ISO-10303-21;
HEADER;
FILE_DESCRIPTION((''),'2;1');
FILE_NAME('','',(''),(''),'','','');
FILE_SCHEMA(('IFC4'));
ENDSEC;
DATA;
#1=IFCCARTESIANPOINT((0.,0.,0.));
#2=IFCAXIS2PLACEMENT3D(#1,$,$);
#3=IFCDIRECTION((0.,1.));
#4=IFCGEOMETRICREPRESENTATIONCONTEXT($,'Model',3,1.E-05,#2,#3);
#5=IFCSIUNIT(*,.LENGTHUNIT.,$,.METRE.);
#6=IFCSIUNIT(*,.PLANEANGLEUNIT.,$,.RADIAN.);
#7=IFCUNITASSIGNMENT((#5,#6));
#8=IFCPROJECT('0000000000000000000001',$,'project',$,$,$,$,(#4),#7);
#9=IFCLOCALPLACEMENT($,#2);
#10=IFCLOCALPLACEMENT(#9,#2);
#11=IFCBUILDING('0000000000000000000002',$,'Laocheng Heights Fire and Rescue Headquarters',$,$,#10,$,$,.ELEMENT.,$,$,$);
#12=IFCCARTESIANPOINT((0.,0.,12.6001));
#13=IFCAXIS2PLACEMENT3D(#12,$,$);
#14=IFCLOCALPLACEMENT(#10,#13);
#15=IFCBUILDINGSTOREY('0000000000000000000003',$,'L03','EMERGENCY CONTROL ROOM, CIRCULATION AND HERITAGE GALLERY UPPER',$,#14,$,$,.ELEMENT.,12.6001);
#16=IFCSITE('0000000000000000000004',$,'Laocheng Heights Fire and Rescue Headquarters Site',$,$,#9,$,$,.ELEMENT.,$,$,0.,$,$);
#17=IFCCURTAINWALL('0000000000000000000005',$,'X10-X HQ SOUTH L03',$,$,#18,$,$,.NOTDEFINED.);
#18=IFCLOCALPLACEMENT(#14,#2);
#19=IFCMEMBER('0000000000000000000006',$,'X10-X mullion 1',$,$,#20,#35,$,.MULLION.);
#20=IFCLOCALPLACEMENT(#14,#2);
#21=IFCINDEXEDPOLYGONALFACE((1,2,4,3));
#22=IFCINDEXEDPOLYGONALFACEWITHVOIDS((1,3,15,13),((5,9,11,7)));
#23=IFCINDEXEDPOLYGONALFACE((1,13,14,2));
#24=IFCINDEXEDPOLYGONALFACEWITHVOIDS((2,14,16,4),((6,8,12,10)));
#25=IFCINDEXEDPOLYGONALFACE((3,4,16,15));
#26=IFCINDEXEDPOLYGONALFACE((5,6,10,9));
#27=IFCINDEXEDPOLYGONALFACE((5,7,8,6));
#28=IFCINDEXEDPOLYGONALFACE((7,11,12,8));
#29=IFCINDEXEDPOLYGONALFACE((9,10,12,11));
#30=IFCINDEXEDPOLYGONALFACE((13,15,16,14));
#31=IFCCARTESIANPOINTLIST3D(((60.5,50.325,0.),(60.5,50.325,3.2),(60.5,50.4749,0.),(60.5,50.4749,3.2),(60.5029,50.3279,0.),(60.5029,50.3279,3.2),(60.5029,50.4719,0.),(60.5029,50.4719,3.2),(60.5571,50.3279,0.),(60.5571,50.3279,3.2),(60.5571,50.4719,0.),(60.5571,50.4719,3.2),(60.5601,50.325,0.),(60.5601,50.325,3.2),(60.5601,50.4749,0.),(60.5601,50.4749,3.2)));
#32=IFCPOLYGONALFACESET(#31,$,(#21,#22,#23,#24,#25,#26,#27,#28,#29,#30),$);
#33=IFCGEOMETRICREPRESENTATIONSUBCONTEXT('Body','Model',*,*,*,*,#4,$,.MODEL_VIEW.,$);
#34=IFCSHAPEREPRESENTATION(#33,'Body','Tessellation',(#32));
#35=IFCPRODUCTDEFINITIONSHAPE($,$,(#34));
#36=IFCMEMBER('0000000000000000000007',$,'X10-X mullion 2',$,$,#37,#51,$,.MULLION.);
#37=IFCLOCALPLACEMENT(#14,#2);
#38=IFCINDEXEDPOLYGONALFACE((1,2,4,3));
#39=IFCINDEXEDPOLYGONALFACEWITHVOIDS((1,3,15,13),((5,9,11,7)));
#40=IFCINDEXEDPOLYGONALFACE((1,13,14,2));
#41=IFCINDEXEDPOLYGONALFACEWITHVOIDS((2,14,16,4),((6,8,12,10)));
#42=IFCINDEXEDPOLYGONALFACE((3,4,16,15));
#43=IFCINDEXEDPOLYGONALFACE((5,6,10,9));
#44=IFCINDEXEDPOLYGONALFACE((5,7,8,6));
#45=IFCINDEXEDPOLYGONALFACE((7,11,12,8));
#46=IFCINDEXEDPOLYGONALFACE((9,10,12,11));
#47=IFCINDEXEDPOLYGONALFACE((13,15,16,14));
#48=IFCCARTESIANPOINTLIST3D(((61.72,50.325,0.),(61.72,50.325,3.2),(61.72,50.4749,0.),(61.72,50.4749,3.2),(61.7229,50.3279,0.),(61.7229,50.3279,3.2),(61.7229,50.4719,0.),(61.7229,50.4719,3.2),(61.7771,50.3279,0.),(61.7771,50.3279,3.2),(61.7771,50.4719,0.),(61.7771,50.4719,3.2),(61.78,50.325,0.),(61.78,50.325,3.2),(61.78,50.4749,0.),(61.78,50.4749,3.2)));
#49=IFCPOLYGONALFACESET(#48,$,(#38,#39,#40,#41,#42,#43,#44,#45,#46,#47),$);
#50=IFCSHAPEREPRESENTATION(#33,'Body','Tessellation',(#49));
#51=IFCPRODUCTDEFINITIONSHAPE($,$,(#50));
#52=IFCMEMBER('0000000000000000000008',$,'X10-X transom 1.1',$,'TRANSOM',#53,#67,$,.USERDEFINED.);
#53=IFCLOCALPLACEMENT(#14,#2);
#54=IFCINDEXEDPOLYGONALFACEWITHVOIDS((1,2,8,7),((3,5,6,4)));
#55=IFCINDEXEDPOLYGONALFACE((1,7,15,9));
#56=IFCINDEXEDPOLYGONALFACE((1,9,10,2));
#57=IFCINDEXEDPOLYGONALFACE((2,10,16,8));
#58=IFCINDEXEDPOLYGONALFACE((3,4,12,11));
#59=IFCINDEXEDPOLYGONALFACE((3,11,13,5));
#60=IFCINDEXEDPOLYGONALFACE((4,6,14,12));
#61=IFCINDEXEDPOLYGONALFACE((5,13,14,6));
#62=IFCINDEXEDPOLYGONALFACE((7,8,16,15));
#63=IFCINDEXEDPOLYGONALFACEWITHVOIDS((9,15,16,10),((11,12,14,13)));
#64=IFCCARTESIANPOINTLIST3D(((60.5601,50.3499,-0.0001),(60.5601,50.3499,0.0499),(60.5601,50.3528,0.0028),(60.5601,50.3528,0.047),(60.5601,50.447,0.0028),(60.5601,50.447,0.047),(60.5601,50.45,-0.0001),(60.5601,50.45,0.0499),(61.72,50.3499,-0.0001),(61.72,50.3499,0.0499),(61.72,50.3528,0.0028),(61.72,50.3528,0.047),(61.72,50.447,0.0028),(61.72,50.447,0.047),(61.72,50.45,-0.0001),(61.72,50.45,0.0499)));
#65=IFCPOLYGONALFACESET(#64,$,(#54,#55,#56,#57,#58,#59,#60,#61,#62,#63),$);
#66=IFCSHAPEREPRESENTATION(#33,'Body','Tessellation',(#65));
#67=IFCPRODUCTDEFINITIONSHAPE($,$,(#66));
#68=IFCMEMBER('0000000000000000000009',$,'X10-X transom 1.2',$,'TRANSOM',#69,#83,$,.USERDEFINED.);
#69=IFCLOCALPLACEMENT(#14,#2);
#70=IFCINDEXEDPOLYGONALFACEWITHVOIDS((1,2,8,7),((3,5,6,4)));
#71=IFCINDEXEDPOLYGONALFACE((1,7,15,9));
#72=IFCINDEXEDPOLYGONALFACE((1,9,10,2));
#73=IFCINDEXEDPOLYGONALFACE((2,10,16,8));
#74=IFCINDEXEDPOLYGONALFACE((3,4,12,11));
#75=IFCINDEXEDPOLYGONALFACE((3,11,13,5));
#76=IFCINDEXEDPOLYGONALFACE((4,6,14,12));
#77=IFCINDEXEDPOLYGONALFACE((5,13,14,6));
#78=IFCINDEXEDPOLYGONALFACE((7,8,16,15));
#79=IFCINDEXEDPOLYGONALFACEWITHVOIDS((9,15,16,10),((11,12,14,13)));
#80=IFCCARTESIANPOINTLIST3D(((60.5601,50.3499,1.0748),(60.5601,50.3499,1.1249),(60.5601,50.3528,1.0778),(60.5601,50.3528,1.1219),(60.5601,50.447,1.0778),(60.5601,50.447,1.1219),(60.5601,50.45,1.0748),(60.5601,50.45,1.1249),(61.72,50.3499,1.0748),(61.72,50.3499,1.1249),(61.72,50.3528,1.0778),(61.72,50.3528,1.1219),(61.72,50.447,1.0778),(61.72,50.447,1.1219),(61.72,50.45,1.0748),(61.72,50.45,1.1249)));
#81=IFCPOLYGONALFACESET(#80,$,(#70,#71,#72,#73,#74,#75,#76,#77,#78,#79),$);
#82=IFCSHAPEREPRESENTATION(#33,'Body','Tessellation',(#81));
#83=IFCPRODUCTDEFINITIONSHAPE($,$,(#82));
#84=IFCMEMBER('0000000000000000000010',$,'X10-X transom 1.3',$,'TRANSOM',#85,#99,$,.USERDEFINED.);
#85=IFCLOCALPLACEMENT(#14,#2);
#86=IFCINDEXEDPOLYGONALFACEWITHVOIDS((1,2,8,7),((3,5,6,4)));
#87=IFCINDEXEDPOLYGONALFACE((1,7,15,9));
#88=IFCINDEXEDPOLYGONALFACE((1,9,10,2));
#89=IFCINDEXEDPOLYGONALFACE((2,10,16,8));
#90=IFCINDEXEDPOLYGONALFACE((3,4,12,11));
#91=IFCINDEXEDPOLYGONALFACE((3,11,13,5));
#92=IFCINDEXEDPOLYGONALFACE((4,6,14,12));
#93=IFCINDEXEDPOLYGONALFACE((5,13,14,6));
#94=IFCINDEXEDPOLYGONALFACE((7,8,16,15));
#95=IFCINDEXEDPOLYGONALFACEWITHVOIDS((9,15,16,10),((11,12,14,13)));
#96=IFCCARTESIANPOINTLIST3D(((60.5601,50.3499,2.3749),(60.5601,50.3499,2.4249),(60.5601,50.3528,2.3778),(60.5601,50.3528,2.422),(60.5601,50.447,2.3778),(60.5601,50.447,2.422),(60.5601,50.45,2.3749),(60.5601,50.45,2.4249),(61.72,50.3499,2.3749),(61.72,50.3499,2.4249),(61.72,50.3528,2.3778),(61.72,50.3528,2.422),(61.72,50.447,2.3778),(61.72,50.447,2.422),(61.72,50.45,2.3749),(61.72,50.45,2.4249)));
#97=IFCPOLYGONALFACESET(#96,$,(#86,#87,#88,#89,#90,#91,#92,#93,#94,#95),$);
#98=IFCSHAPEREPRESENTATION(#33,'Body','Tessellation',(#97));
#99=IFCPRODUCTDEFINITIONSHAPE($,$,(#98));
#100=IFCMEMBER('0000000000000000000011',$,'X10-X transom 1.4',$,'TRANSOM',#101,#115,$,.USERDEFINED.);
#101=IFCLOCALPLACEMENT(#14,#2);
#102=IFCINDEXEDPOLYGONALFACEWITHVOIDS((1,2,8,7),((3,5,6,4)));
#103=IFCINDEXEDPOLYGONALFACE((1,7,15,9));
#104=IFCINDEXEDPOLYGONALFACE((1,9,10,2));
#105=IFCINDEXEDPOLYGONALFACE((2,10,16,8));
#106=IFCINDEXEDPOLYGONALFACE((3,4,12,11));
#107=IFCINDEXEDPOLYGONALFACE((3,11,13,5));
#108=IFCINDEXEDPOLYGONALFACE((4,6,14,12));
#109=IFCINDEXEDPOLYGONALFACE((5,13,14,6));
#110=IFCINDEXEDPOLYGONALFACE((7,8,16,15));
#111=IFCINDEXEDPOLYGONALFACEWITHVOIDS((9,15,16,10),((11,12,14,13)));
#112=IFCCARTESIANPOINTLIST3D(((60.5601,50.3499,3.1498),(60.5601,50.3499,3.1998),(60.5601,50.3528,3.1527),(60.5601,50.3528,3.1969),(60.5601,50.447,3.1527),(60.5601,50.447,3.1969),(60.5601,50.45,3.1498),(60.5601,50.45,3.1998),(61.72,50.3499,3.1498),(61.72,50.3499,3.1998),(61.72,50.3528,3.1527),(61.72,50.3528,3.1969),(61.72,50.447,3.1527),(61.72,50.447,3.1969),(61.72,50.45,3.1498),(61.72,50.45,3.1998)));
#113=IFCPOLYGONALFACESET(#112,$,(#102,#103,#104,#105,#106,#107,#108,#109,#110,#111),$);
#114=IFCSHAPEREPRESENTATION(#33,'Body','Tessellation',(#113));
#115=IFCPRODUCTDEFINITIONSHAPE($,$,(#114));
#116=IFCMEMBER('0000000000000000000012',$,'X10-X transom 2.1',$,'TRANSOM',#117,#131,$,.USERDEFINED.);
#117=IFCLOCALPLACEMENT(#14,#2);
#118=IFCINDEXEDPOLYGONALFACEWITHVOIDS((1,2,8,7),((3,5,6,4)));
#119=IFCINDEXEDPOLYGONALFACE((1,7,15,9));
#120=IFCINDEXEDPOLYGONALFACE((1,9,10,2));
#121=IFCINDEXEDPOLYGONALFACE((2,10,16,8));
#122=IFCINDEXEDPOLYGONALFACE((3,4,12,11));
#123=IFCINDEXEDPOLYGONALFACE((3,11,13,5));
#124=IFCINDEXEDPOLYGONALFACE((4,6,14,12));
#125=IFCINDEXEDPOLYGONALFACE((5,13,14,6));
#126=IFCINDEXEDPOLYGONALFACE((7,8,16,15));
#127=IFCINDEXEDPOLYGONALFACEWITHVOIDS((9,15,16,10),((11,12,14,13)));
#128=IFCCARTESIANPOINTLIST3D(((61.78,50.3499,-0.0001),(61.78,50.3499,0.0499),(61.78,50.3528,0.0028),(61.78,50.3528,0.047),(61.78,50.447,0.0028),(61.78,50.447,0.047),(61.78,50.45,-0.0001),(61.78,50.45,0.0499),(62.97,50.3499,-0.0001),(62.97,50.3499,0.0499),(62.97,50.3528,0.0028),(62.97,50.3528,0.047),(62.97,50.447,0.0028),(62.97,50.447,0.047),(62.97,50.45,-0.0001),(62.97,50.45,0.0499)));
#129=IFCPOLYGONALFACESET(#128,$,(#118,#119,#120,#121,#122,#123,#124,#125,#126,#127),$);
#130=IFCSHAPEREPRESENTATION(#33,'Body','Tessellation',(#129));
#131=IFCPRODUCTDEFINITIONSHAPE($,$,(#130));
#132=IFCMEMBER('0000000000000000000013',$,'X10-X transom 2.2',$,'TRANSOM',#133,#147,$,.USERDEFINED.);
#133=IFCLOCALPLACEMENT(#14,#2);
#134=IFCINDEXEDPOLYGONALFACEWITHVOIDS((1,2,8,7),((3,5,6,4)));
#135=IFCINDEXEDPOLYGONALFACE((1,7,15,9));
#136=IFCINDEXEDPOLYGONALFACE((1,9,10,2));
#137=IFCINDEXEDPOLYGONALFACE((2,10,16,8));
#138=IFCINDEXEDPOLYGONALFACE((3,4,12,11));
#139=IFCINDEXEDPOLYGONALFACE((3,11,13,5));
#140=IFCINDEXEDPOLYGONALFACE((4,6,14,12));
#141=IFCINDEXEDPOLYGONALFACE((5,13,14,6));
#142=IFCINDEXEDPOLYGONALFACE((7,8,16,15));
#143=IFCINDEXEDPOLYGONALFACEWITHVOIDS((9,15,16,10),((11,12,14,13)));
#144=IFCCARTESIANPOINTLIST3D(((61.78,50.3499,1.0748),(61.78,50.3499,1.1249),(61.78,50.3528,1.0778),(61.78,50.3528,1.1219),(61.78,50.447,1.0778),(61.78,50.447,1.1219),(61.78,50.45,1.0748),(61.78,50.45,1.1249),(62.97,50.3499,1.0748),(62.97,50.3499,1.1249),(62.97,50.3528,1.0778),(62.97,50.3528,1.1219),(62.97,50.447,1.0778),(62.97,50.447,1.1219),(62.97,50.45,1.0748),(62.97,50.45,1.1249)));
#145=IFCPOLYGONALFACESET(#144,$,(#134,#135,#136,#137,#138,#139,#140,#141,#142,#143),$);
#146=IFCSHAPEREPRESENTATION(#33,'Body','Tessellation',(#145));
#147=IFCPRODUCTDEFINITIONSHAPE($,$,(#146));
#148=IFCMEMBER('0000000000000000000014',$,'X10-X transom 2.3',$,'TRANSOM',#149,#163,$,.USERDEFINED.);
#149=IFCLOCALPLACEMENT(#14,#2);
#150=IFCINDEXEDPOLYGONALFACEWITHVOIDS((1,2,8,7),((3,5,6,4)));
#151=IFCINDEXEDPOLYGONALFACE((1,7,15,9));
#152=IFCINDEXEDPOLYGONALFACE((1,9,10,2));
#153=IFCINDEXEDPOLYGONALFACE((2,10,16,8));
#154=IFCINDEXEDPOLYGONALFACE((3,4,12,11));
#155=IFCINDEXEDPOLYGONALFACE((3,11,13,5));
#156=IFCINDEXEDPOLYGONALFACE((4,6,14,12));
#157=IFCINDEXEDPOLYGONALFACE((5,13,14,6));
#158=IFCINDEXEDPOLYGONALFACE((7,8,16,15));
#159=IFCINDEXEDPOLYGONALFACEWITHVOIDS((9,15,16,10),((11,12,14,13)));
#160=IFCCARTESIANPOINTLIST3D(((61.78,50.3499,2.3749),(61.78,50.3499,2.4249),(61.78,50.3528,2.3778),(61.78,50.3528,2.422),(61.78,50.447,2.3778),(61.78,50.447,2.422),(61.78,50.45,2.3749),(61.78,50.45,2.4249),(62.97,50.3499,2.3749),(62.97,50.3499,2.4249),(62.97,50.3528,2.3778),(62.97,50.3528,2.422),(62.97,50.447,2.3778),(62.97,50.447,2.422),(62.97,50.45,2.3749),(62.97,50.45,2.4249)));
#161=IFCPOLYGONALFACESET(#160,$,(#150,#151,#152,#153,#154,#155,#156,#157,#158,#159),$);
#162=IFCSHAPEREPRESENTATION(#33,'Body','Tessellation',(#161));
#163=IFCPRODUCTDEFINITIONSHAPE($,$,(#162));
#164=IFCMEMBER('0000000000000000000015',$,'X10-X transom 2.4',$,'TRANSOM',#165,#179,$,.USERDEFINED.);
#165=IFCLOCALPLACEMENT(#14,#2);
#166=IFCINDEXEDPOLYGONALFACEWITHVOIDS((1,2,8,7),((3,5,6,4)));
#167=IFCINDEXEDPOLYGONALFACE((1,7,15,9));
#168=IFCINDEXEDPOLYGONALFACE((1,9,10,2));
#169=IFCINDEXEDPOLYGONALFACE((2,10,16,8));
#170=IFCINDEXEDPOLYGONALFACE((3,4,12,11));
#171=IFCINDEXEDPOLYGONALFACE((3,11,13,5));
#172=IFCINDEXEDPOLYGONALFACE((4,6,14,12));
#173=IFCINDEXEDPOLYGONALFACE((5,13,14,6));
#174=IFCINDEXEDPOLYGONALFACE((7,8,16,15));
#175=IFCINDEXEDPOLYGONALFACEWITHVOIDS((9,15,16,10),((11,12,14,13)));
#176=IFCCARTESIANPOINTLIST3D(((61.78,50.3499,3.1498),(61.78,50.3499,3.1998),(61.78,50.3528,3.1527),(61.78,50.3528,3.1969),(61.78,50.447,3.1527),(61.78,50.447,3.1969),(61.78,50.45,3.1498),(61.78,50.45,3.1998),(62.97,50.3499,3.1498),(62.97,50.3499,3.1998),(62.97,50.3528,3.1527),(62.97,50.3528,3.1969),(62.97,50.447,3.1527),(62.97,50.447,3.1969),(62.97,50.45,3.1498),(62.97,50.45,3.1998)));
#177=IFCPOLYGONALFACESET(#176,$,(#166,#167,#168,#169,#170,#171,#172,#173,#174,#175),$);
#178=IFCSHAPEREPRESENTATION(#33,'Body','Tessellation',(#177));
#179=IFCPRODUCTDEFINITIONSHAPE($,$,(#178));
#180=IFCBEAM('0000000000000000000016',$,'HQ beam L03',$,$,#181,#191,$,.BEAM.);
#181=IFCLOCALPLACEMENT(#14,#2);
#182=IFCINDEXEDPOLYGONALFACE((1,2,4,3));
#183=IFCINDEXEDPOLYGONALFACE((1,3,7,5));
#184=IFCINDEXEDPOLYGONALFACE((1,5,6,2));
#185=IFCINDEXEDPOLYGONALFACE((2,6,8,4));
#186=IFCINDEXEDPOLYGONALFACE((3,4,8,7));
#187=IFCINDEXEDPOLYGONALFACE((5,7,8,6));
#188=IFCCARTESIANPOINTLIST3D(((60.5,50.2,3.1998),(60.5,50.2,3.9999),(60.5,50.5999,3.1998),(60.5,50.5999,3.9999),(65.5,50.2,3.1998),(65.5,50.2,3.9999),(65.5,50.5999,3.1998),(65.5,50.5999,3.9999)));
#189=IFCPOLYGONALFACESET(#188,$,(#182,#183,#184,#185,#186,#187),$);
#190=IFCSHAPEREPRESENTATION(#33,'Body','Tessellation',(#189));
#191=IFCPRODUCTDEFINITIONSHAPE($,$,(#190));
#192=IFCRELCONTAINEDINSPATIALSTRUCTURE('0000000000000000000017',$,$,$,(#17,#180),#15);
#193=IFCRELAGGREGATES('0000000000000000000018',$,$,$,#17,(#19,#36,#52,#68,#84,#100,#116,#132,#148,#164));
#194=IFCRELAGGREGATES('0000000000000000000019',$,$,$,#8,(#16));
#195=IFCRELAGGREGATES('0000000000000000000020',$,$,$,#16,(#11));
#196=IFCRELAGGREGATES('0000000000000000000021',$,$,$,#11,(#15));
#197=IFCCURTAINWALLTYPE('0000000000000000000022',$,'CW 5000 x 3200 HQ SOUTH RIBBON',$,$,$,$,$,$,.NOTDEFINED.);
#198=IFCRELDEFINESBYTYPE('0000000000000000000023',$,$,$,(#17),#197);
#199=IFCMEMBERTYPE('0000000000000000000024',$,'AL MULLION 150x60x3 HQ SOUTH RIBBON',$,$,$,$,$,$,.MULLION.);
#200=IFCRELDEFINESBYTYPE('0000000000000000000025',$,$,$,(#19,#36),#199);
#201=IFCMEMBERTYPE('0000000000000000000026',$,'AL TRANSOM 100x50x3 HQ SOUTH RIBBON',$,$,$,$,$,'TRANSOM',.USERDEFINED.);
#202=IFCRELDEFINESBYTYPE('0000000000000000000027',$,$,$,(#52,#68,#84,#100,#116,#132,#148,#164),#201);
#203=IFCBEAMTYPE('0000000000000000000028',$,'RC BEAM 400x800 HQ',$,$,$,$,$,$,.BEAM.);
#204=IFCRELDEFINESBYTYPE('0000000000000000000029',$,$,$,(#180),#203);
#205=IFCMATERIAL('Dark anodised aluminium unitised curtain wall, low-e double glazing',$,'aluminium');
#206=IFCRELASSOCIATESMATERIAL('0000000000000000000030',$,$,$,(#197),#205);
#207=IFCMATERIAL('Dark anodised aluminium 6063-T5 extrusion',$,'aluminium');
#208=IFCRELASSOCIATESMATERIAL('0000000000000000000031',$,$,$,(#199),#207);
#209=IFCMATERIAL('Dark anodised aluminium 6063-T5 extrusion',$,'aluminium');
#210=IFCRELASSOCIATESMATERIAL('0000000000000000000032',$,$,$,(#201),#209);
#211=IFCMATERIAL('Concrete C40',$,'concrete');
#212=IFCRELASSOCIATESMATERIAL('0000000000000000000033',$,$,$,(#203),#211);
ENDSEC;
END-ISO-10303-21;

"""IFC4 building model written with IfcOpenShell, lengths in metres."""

from ifc_helpers import new_model, si_unit, direction, frame, origin, origin_2d, place, context, subcontext, project, spatial, rectangle, hollow_rectangle, extrude, material, material_profile, profile_set, type_object, element, aggregate, save


model = new_model("IFC4")

# Units and contexts
model_context = context("Model", 3, precision=1e-05, world=origin(), true_north=direction((0.0, 1.0)))
body_context = subcontext(model_context, "Body", "Model", "MODEL_VIEW")
ifc_project = project(units=[si_unit("LENGTHUNIT", "METRE"), si_unit("PLANEANGLEUNIT", "RADIAN")], contexts=[model_context])

# Site, building, storey
site_placement = place(None, origin())
site = spatial("IfcSite", under=ifc_project, at=site_placement, Name="Laocheng Heights Fire and Rescue Headquarters Site", CompositionType="ELEMENT", RefElevation=0.0)
building_placement = place(site_placement, origin())
building = spatial("IfcBuilding", under=site, at=building_placement, Name="Laocheng Heights Fire and Rescue Headquarters", CompositionType="ELEMENT")
storey_placement = place(building_placement, frame((0.0, 0.0, 12.6001)))
storey = spatial("IfcBuildingStorey", under=building, at=storey_placement, Name="L03", Description="EMERGENCY CONTROL ROOM, CIRCULATION AND HERITAGE GALLERY UPPER", CompositionType="ELEMENT", Elevation=12.6001)

# Curtain wall, members
ifc_material_1 = material(Name="Dark anodised aluminium unitised curtain wall, low-e double glazing", Category="aluminium")
curtain_wall_type = type_object("IfcCurtainWallType", Name="CW 5000 x 3200 HQ SOUTH RIBBON", PredefinedType="NOTDEFINED", material=ifc_material_1)
curtain_wall_placement = place(storey_placement, origin())
curtain_wall = element("IfcCurtainWall", 1, at=curtain_wall_placement, inside=storey, type_object=curtain_wall_type, Name="X10-X HQ SOUTH L03", PredefinedType="NOTDEFINED")
ifc_material_2 = material(Name="Dark anodised aluminium 6063-T5 extrusion", Category="aluminium")
ifc_material_profile_1 = material_profile(ifc_material_2, hollow_rectangle(XDim=0.1499, YDim=0.0601, WallThickness=0.0029, at=origin_2d()), Name="AL MULLION 150x60x3 HQ SOUTH RIBBON")
ifc_profile_set_1 = profile_set([ifc_material_profile_1], Name="Dark anodised aluminium 6063-T5 extrusion")
member_type_1 = type_object("IfcMemberType", Name="AL MULLION 150x60x3 HQ SOUTH RIBBON", PredefinedType="MULLION", material=ifc_profile_set_1)
member_1_placement = place(storey_placement, frame((60.53, 50.3999, 0.0), z_axis=(0.0, 0.0, 1.0), x_axis=(0.0, 1.0, 0.0)))
member_1 = element("IfcMember", 2, at=member_1_placement, type_object=member_type_1, Name="X10-X mullion 1", PredefinedType="MULLION", context=body_context, shape_type="SweptSolid", body=[
    extrude(hollow_rectangle(XDim=0.1499, YDim=0.0601, WallThickness=0.0029, at=origin_2d()), origin(), (0.0, 0.0, 1.0), 3.2),
])
member_2_placement = place(storey_placement, frame((61.75, 50.3999, 0.0), z_axis=(0.0, 0.0, 1.0), x_axis=(0.0, 1.0, 0.0)))
member_2 = element("IfcMember", 3, at=member_2_placement, type_object=member_type_1, Name="X10-X mullion 2", PredefinedType="MULLION", context=body_context, shape_type="SweptSolid", body=[
    extrude(hollow_rectangle(XDim=0.1499, YDim=0.0601, WallThickness=0.0029, at=origin_2d()), origin(), (0.0, 0.0, 1.0), 3.2),
])
ifc_material_3 = material(Name="Dark anodised aluminium 6063-T5 extrusion", Category="aluminium")
ifc_material_profile_2 = material_profile(ifc_material_3, hollow_rectangle(XDim=0.1001, YDim=0.05, WallThickness=0.0029, at=origin_2d()), Name="AL TRANSOM 100x50x3 HQ SOUTH RIBBON")
ifc_profile_set_2 = profile_set([ifc_material_profile_2], Name="Dark anodised aluminium 6063-T5 extrusion")
member_type_2 = type_object("IfcMemberType", Name="AL TRANSOM 100x50x3 HQ SOUTH RIBBON", ElementType="TRANSOM", PredefinedType="USERDEFINED", material=ifc_profile_set_2)
member_3_placement = place(storey_placement, frame((60.5601, 50.3999, 0.0249), z_axis=(1.0, 0.0, 0.0), x_axis=(0.0, 1.0, 0.0)))
member_3 = element("IfcMember", 4, at=member_3_placement, type_object=member_type_2, Name="X10-X transom 1.1", ObjectType="TRANSOM", PredefinedType="USERDEFINED", context=body_context, shape_type="SweptSolid", body=[
    extrude(hollow_rectangle(XDim=0.1001, YDim=0.05, WallThickness=0.0029, at=origin_2d()), origin(), (0.0, 0.0, 1.0), 1.1599),
])
member_4_placement = place(storey_placement, frame((60.5601, 50.3999, 1.0999), z_axis=(1.0, 0.0, 0.0), x_axis=(0.0, 1.0, 0.0)))
member_4 = element("IfcMember", 5, at=member_4_placement, type_object=member_type_2, Name="X10-X transom 1.2", ObjectType="TRANSOM", PredefinedType="USERDEFINED", context=body_context, shape_type="SweptSolid", body=[
    extrude(hollow_rectangle(XDim=0.1001, YDim=0.05, WallThickness=0.0029, at=origin_2d()), origin(), (0.0, 0.0, 1.0), 1.1599),
])
member_5_placement = place(storey_placement, frame((60.5601, 50.3999, 2.3999), z_axis=(1.0, 0.0, 0.0), x_axis=(0.0, 1.0, 0.0)))
member_5 = element("IfcMember", 6, at=member_5_placement, type_object=member_type_2, Name="X10-X transom 1.3", ObjectType="TRANSOM", PredefinedType="USERDEFINED", context=body_context, shape_type="SweptSolid", body=[
    extrude(hollow_rectangle(XDim=0.1001, YDim=0.05, WallThickness=0.0029, at=origin_2d()), origin(), (0.0, 0.0, 1.0), 1.1599),
])
member_6_placement = place(storey_placement, frame((60.5601, 50.3999, 3.1748), z_axis=(1.0, 0.0, 0.0), x_axis=(0.0, 1.0, 0.0)))
member_6 = element("IfcMember", 7, at=member_6_placement, type_object=member_type_2, Name="X10-X transom 1.4", ObjectType="TRANSOM", PredefinedType="USERDEFINED", context=body_context, shape_type="SweptSolid", body=[
    extrude(hollow_rectangle(XDim=0.1001, YDim=0.05, WallThickness=0.0029, at=origin_2d()), origin(), (0.0, 0.0, 1.0), 1.1599),
])
member_7_placement = place(storey_placement, frame((61.78, 50.3999, 0.0249), z_axis=(1.0, 0.0, 0.0), x_axis=(0.0, 1.0, 0.0)))
member_7 = element("IfcMember", 8, at=member_7_placement, type_object=member_type_2, Name="X10-X transom 2.1", ObjectType="TRANSOM", PredefinedType="USERDEFINED", context=body_context, shape_type="SweptSolid", body=[
    extrude(hollow_rectangle(XDim=0.1001, YDim=0.05, WallThickness=0.0029, at=origin_2d()), origin(), (0.0, 0.0, 1.0), 1.1899),
])
member_8_placement = place(storey_placement, frame((61.78, 50.3999, 1.0999), z_axis=(1.0, 0.0, 0.0), x_axis=(0.0, 1.0, 0.0)))
member_8 = element("IfcMember", 9, at=member_8_placement, type_object=member_type_2, Name="X10-X transom 2.2", ObjectType="TRANSOM", PredefinedType="USERDEFINED", context=body_context, shape_type="SweptSolid", body=[
    extrude(hollow_rectangle(XDim=0.1001, YDim=0.05, WallThickness=0.0029, at=origin_2d()), origin(), (0.0, 0.0, 1.0), 1.1899),
])
member_9_placement = place(storey_placement, frame((61.78, 50.3999, 2.3999), z_axis=(1.0, 0.0, 0.0), x_axis=(0.0, 1.0, 0.0)))
member_9 = element("IfcMember", 10, at=member_9_placement, type_object=member_type_2, Name="X10-X transom 2.3", ObjectType="TRANSOM", PredefinedType="USERDEFINED", context=body_context, shape_type="SweptSolid", body=[
    extrude(hollow_rectangle(XDim=0.1001, YDim=0.05, WallThickness=0.0029, at=origin_2d()), origin(), (0.0, 0.0, 1.0), 1.1899),
])
member_10_placement = place(storey_placement, frame((61.78, 50.3999, 3.1748), z_axis=(1.0, 0.0, 0.0), x_axis=(0.0, 1.0, 0.0)))
member_10 = element("IfcMember", 11, at=member_10_placement, type_object=member_type_2, Name="X10-X transom 2.4", ObjectType="TRANSOM", PredefinedType="USERDEFINED", context=body_context, shape_type="SweptSolid", body=[
    extrude(hollow_rectangle(XDim=0.1001, YDim=0.05, WallThickness=0.0029, at=origin_2d()), origin(), (0.0, 0.0, 1.0), 1.1899),
])

# Beam
ifc_material_4 = material(Name="Concrete C40", Category="concrete")
ifc_material_profile_3 = material_profile(ifc_material_4, rectangle(XDim=0.3999, YDim=0.8, at=origin_2d()), Name="RC BEAM 400x800 HQ")
ifc_profile_set_3 = profile_set([ifc_material_profile_3], Name="Concrete C40")
beam_type_1 = type_object("IfcBeamType", Name="RC BEAM 400x800 HQ", PredefinedType="BEAM", material=ifc_profile_set_3)
beam_placement = place(storey_placement, frame((60.5, 50.3999, 3.5999), z_axis=(1.0, 0.0, 0.0), x_axis=(0.0, 1.0, 0.0)))
element("IfcBeam", 12, at=beam_placement, inside=storey, type_object=beam_type_1, Name="HQ beam L03", PredefinedType="BEAM", context=body_context, shape_type="SweptSolid", body=[
    extrude(rectangle(XDim=0.3999, YDim=0.8, at=origin_2d()), origin(), (0.0, 0.0, 1.0), 5.0),
])

aggregate(curtain_wall, [member_1, member_2, member_3, member_4, member_5, member_6, member_7, member_8, member_9, member_10])

save(model, "model.ifc")
